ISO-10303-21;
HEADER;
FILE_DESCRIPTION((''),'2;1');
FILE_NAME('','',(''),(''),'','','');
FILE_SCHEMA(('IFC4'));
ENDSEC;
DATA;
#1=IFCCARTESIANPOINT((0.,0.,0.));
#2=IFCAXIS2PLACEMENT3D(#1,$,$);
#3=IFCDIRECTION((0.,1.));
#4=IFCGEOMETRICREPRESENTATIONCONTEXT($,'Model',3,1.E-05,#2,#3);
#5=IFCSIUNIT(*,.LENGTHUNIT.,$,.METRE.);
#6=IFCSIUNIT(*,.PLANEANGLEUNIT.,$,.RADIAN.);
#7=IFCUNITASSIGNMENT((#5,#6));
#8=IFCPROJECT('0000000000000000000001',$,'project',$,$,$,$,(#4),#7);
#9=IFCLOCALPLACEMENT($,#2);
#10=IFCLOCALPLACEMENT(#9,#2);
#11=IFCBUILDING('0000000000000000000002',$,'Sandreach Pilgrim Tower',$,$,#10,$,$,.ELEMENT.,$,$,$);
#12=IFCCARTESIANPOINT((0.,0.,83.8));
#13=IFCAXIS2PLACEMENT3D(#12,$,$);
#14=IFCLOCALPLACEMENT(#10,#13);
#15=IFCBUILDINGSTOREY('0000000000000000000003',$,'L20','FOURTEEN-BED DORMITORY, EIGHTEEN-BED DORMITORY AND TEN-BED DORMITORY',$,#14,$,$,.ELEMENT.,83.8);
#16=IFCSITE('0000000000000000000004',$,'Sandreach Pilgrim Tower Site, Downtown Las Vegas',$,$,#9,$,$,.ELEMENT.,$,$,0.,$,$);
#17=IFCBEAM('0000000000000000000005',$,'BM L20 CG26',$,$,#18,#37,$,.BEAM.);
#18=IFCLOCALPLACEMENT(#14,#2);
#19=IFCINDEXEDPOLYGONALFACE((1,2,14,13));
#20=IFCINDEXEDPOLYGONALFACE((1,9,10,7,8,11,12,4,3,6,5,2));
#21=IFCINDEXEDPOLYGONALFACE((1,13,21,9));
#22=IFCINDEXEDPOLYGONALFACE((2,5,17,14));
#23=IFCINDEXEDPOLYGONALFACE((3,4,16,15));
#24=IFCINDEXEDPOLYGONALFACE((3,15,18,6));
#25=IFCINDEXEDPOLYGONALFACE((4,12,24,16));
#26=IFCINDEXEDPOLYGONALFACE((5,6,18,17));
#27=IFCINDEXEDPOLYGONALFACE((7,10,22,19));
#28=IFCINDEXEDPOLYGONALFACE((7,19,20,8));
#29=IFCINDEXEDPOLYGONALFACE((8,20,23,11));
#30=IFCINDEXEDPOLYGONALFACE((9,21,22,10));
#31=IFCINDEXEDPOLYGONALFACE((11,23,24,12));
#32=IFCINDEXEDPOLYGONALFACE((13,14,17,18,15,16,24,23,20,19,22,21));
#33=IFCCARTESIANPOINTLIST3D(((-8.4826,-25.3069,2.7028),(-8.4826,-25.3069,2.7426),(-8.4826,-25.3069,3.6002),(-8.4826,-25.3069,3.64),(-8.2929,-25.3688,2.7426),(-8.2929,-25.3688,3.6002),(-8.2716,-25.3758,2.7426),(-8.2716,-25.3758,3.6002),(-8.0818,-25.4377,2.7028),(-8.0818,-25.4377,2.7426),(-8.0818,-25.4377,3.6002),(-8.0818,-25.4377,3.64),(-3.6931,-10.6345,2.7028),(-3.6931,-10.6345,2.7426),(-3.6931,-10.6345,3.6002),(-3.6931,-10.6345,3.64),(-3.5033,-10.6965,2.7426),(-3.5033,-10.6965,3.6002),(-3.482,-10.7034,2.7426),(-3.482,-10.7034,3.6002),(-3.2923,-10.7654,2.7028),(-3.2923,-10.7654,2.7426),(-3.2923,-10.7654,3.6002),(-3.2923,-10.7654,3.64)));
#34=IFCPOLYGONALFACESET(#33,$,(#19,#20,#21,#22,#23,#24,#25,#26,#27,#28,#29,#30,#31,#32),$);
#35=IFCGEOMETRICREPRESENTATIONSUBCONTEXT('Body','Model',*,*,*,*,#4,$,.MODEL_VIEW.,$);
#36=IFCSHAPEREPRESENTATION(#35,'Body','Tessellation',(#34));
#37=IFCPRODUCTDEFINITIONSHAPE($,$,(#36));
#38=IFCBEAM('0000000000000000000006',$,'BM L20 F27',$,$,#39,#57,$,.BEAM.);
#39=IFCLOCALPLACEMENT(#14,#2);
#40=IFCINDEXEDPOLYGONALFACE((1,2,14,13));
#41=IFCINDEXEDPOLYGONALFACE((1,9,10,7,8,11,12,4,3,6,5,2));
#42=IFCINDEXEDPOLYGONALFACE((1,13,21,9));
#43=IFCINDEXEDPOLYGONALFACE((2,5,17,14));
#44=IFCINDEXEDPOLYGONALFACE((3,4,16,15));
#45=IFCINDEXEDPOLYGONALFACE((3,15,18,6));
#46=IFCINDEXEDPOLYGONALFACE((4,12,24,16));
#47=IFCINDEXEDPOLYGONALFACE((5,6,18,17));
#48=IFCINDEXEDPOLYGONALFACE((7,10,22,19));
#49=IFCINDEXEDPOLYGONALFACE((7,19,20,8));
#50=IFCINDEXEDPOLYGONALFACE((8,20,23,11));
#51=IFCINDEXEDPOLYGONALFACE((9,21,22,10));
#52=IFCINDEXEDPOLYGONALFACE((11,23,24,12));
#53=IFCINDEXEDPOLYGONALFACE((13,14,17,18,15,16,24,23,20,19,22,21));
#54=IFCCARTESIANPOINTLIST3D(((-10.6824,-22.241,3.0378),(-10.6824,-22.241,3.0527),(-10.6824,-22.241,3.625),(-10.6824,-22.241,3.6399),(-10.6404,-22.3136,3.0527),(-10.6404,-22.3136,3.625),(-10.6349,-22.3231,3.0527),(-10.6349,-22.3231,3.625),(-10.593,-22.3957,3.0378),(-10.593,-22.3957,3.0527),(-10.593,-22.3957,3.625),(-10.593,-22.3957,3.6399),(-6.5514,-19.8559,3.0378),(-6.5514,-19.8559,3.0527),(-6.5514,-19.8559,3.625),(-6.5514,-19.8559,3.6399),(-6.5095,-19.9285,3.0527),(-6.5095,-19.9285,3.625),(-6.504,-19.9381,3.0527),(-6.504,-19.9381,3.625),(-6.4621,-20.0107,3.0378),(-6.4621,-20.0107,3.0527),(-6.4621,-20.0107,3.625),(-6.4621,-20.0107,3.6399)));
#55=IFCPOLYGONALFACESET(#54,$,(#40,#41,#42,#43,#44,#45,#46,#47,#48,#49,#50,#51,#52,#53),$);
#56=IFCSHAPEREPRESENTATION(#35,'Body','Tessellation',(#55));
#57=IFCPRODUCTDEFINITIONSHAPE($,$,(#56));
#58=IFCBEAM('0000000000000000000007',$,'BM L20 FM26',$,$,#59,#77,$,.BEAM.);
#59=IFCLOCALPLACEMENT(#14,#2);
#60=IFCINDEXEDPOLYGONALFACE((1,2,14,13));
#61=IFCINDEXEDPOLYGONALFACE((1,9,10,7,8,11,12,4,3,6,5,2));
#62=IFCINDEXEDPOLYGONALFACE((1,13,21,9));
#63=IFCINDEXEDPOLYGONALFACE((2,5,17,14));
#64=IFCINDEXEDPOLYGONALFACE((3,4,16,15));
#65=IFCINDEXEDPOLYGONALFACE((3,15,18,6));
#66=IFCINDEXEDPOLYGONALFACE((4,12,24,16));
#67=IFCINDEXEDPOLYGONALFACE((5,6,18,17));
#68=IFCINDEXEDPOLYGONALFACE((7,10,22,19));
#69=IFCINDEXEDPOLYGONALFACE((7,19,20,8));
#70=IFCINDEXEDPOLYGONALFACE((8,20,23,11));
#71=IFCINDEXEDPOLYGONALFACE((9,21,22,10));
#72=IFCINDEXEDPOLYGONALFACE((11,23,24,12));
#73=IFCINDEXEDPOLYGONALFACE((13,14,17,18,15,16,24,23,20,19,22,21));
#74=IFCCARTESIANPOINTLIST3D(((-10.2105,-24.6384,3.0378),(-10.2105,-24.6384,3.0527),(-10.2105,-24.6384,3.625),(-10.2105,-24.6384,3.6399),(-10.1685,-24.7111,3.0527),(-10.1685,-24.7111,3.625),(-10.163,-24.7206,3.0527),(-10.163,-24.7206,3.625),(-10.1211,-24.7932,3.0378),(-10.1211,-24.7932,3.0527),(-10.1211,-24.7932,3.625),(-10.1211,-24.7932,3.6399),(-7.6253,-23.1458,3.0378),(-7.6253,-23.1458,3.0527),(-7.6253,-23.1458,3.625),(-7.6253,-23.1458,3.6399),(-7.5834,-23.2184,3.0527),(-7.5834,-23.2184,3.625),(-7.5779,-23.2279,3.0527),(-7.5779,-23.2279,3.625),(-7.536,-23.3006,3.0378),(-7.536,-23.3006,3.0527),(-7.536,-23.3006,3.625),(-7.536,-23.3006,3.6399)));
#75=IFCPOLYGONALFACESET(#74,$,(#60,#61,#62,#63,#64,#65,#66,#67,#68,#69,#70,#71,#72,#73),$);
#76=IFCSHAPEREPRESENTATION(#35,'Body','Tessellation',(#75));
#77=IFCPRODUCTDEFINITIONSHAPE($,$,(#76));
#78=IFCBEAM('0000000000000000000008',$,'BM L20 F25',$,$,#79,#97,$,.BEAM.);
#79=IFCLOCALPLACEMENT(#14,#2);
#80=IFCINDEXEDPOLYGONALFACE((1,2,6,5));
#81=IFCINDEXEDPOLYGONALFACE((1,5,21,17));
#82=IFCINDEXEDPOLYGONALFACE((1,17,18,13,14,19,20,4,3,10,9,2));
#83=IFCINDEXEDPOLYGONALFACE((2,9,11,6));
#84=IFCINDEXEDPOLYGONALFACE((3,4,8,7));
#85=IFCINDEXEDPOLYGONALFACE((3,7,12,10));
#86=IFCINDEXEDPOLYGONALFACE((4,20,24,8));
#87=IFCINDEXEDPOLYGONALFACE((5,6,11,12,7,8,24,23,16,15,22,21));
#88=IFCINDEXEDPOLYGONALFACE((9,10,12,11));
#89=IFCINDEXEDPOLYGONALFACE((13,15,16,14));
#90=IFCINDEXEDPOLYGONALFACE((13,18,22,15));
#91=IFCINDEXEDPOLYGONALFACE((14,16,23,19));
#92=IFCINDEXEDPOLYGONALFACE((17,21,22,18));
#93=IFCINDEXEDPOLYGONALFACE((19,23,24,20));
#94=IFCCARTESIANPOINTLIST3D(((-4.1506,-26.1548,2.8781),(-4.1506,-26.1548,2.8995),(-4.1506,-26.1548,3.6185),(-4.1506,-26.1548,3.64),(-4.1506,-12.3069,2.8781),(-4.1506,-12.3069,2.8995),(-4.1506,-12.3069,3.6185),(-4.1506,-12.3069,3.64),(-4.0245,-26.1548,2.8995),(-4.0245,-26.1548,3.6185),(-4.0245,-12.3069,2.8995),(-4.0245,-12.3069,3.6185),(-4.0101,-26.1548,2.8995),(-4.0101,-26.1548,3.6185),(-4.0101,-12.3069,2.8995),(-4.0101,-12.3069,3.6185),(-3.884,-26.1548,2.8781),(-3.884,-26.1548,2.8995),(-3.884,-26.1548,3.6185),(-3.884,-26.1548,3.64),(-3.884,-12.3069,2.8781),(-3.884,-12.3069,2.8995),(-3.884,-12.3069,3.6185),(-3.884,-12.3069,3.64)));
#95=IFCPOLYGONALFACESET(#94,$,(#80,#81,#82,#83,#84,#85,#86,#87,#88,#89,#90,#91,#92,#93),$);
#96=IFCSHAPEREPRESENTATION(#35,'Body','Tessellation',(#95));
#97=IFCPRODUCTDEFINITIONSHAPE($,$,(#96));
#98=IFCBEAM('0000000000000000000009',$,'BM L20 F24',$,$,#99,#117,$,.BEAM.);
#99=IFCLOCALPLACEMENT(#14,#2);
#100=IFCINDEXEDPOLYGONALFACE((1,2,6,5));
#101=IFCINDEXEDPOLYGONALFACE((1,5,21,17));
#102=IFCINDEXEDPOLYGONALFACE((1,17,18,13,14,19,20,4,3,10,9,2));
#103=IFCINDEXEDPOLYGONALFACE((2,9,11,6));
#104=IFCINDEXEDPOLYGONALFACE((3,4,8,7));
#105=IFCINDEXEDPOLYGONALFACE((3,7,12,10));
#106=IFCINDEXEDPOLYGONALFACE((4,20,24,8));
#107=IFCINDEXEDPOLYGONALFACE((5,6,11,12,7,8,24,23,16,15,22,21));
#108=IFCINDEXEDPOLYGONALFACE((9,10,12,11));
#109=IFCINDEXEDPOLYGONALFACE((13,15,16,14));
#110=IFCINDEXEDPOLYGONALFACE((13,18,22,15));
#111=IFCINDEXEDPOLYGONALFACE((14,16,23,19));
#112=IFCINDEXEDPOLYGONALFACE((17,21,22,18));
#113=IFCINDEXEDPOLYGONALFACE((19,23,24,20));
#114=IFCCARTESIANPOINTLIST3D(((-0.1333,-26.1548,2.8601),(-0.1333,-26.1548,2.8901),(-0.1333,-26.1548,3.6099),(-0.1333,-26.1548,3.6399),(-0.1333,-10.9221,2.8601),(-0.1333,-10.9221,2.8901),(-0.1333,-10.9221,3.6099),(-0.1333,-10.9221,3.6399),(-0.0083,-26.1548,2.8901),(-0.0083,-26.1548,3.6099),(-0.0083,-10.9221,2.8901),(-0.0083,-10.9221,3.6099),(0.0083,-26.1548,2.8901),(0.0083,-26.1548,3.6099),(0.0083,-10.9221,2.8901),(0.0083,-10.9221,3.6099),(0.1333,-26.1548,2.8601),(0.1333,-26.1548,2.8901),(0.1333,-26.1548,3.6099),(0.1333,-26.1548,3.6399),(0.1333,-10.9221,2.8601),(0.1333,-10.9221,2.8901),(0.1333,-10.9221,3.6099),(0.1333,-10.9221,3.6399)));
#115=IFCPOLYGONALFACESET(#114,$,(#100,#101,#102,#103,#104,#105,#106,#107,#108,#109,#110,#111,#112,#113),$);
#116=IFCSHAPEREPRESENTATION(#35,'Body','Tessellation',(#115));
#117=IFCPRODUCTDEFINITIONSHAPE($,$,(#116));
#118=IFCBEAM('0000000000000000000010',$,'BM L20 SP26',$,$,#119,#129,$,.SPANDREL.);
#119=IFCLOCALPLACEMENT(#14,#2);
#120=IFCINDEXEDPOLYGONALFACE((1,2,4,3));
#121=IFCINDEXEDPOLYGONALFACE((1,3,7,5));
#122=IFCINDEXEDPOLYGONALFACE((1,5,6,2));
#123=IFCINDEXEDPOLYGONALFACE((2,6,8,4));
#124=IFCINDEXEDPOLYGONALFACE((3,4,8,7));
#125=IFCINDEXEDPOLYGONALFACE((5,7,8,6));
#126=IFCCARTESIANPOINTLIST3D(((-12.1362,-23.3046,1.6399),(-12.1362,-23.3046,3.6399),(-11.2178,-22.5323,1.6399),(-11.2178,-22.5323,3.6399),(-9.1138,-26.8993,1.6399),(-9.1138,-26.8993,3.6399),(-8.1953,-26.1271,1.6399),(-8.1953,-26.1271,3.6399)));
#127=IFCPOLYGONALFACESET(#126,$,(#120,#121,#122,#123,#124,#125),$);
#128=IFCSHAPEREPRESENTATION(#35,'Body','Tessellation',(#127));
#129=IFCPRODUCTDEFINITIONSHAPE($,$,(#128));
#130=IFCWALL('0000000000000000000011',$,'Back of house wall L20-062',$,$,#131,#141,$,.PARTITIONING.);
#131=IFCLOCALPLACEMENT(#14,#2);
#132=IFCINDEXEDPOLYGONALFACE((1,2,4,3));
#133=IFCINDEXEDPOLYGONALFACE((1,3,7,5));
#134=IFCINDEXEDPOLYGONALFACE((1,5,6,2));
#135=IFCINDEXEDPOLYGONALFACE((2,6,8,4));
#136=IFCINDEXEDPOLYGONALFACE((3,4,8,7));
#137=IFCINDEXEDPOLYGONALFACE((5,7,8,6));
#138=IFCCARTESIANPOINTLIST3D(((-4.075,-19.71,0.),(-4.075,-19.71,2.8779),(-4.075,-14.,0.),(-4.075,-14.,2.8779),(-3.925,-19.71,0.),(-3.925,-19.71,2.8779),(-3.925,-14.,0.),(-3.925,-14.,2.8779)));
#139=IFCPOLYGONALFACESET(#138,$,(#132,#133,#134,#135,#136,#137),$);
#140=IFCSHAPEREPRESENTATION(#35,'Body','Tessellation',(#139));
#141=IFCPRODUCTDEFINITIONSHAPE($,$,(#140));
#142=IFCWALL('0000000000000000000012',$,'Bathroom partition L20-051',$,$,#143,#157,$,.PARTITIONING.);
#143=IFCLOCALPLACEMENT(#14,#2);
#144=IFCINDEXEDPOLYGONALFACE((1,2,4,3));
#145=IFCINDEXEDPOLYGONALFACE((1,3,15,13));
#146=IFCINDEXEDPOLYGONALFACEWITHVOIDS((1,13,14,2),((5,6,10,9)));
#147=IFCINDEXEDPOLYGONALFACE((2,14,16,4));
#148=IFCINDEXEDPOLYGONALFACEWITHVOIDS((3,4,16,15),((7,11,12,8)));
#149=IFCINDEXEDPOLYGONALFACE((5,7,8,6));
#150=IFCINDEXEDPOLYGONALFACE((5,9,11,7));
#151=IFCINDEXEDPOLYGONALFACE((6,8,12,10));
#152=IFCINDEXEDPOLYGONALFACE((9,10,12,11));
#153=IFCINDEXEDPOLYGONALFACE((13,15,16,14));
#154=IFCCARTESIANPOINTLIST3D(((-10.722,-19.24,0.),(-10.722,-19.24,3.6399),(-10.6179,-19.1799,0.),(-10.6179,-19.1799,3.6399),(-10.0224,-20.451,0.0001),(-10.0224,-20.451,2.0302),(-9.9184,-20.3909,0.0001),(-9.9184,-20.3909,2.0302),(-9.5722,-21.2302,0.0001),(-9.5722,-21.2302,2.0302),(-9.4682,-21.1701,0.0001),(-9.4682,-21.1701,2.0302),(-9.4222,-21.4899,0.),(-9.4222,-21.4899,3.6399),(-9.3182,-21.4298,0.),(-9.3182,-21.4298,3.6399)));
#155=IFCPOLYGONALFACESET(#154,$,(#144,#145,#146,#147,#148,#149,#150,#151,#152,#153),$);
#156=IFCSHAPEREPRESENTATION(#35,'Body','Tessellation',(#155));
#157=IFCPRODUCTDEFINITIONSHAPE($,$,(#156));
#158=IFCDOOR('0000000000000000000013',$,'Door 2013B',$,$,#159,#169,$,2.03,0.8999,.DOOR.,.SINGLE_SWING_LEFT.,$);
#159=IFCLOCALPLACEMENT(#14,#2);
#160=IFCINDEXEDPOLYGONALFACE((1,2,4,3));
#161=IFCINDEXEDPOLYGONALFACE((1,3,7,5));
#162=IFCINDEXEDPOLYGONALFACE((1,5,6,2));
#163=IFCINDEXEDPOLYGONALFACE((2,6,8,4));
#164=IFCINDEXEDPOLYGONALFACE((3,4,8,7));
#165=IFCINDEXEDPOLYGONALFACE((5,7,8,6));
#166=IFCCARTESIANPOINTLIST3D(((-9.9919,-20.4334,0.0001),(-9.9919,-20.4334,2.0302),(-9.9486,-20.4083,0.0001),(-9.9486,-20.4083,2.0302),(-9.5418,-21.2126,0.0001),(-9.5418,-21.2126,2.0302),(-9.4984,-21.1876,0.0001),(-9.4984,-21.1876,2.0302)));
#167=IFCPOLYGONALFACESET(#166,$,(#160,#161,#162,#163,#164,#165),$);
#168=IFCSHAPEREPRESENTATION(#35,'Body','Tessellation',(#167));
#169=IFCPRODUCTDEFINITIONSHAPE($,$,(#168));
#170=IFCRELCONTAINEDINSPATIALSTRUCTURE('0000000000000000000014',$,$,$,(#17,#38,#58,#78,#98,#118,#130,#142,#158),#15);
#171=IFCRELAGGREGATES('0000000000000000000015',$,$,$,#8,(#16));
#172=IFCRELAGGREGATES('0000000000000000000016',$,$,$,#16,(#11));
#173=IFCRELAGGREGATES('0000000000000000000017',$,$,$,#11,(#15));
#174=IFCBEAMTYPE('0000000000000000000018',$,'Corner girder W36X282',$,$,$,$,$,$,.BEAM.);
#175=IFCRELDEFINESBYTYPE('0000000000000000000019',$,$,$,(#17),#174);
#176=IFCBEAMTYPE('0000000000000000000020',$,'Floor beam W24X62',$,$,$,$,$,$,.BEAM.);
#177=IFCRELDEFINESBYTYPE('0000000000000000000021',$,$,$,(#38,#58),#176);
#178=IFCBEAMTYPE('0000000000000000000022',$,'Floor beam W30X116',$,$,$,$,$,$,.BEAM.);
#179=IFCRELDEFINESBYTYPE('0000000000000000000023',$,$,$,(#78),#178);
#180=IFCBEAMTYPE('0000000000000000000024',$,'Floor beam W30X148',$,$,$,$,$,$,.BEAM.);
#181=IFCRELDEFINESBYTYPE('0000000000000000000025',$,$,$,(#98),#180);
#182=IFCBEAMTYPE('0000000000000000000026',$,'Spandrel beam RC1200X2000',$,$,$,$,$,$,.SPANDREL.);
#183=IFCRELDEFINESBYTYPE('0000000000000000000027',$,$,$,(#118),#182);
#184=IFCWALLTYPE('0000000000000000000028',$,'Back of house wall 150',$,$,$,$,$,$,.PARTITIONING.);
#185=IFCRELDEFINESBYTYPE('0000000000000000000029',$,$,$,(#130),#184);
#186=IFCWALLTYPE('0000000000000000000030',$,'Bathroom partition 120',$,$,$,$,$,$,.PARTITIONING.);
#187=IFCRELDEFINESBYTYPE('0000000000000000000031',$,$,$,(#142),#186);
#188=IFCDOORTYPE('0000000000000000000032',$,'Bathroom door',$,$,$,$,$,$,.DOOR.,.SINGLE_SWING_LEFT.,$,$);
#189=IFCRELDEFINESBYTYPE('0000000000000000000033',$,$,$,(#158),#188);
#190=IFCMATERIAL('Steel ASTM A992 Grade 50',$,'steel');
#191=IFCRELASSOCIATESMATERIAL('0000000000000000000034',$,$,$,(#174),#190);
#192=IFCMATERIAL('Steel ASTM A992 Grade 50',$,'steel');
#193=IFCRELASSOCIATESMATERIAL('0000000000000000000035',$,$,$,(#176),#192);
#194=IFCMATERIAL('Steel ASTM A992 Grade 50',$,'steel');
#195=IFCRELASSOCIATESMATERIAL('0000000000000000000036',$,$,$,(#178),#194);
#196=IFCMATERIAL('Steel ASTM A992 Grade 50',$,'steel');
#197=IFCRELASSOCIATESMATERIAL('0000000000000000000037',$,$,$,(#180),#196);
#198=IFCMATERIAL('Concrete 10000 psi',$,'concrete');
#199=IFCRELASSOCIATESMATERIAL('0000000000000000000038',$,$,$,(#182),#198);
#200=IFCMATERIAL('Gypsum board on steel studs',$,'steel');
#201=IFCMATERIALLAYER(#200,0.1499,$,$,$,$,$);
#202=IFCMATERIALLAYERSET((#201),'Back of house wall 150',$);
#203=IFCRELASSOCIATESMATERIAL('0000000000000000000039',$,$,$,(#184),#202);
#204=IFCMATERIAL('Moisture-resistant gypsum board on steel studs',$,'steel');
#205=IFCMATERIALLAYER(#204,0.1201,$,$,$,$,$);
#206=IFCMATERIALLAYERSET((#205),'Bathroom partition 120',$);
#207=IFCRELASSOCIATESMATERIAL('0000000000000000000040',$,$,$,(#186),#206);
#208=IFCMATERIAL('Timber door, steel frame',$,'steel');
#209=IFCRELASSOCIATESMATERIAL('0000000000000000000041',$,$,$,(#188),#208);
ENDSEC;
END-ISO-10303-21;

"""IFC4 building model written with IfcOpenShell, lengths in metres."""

from ifc_helpers import new_model, si_unit, direction, frame, frame_2d, origin, origin_2d, place, context, subcontext, project, spatial, rectangle, i_section, extrude, material, layer, layer_set, material_profile, profile_set, type_object, element, fill, save


model = new_model("IFC4")

# Units and contexts
model_context = context("Model", 3, precision=1e-05, world=origin(), true_north=direction((0.0, 1.0)))
body_context = subcontext(model_context, "Body", "Model", "MODEL_VIEW")
ifc_project = project(units=[si_unit("LENGTHUNIT", "METRE"), si_unit("PLANEANGLEUNIT", "RADIAN")], contexts=[model_context])

# Site, building, storey
site_placement = place(None, origin())
site = spatial("IfcSite", under=ifc_project, at=site_placement, Name="Sandreach Pilgrim Tower Site, Downtown Las Vegas", CompositionType="ELEMENT", RefElevation=0.0)
building_placement = place(site_placement, origin())
building = spatial("IfcBuilding", under=site, at=building_placement, Name="Sandreach Pilgrim Tower", CompositionType="ELEMENT")
storey_placement = place(building_placement, frame((0.0, 0.0, 83.8)))
storey = spatial("IfcBuildingStorey", under=building, at=storey_placement, Name="L20", Description="FOURTEEN-BED DORMITORY, EIGHTEEN-BED DORMITORY AND TEN-BED DORMITORY", CompositionType="ELEMENT", Elevation=83.8)

# Beams
ifc_material_1 = material(Name="Steel ASTM A992 Grade 50", Category="steel")
ifc_material_profile_1 = material_profile(ifc_material_1, i_section(OverallWidth=0.4216, OverallDepth=0.9373, WebThickness=0.0225, FlangeThickness=0.0398, at=origin_2d()), Name="W36X282")
ifc_profile_set_1 = profile_set([ifc_material_profile_1], Name="Steel ASTM A992 Grade 50")
beam_type_1 = type_object("IfcBeamType", Name="Corner girder W36X282", PredefinedType="BEAM", material=ifc_profile_set_1)
beam_1_placement = place(storey_placement, frame((-8.2822, -25.3723, 3.1714), z_axis=(0.310318, 0.950633, 0.0), x_axis=(-0.950633, 0.310318, 0.0)))
element("IfcBeam", 1, at=beam_1_placement, inside=storey, type_object=beam_type_1, Name="BM L20 CG26", PredefinedType="BEAM", context=body_context, shape_type="SweptSolid", body=[
    extrude(i_section(OverallWidth=0.4216, OverallDepth=0.9373, WebThickness=0.0225, FlangeThickness=0.0398, at=origin_2d()), origin(), (0.0, 0.0, 1.0), 15.4343),
])
ifc_material_2 = material(Name="Steel ASTM A992 Grade 50", Category="steel")
ifc_material_profile_2 = material_profile(ifc_material_2, i_section(OverallWidth=0.1787, OverallDepth=0.6021, WebThickness=0.011, FlangeThickness=0.0149, at=origin_2d()), Name="W24X62")
ifc_profile_set_2 = profile_set([ifc_material_profile_2], Name="Steel ASTM A992 Grade 50")
beam_type_2 = type_object("IfcBeamType", Name="Floor beam W24X62", PredefinedType="BEAM", material=ifc_profile_set_2)
beam_2_placement = place(storey_placement, frame((-10.6377, -22.3184, 3.3389), z_axis=(0.86602, 0.500009, 0.0), x_axis=(-0.500009, 0.86602, 0.0)))
element("IfcBeam", 2, at=beam_2_placement, inside=storey, type_object=beam_type_2, Name="BM L20 F27", PredefinedType="BEAM", context=body_context, shape_type="SweptSolid", body=[
    extrude(i_section(OverallWidth=0.1787, OverallDepth=0.6021, WebThickness=0.011, FlangeThickness=0.0149, at=origin_2d()), origin(), (0.0, 0.0, 1.0), 4.77),
])
beam_3_placement = place(storey_placement, frame((-10.1658, -24.7158, 3.3389), z_axis=(0.86601, 0.500027, 0.0), x_axis=(-0.500027, 0.86601, 0.0)))
element("IfcBeam", 3, at=beam_3_placement, inside=storey, type_object=beam_type_2, Name="BM L20 FM26", PredefinedType="BEAM", context=body_context, shape_type="SweptSolid", body=[
    extrude(i_section(OverallWidth=0.1787, OverallDepth=0.6021, WebThickness=0.011, FlangeThickness=0.0149, at=origin_2d()), origin(), (0.0, 0.0, 1.0), 2.9851),
])
ifc_material_3 = material(Name="Steel ASTM A992 Grade 50", Category="steel")
ifc_material_profile_3 = material_profile(ifc_material_3, i_section(OverallWidth=0.2666, OverallDepth=0.762, WebThickness=0.0144, FlangeThickness=0.0215, at=origin_2d()), Name="W30X116")
ifc_profile_set_3 = profile_set([ifc_material_profile_3], Name="Steel ASTM A992 Grade 50")
beam_type_3 = type_object("IfcBeamType", Name="Floor beam W30X116", PredefinedType="BEAM", material=ifc_profile_set_3)
beam_4_placement = place(storey_placement, frame((-4.0173, -26.1548, 3.259), z_axis=(0.0, 1.0, 0.0), x_axis=(-1.0, 0.0, 0.0)))
element("IfcBeam", 4, at=beam_4_placement, inside=storey, type_object=beam_type_3, Name="BM L20 F25", PredefinedType="BEAM", context=body_context, shape_type="SweptSolid", body=[
    extrude(i_section(OverallWidth=0.2666, OverallDepth=0.762, WebThickness=0.0144, FlangeThickness=0.0215, at=origin_2d()), origin(), (0.0, 0.0, 1.0), 13.8479),
])
ifc_material_4 = material(Name="Steel ASTM A992 Grade 50", Category="steel")
ifc_material_profile_4 = material_profile(ifc_material_4, i_section(OverallWidth=0.2666, OverallDepth=0.7798, WebThickness=0.0166, FlangeThickness=0.03, at=origin_2d()), Name="W30X148")
ifc_profile_set_4 = profile_set([ifc_material_profile_4], Name="Steel ASTM A992 Grade 50")
beam_type_4 = type_object("IfcBeamType", Name="Floor beam W30X148", PredefinedType="BEAM", material=ifc_profile_set_4)
beam_5_placement = place(storey_placement, frame((0.0, -26.1548, 3.25), z_axis=(0.0, 1.0, 0.0), x_axis=(-1.0, 0.0, 0.0)))
element("IfcBeam", 5, at=beam_5_placement, inside=storey, type_object=beam_type_4, Name="BM L20 F24", PredefinedType="BEAM", context=body_context, shape_type="SweptSolid", body=[
    extrude(i_section(OverallWidth=0.2666, OverallDepth=0.7798, WebThickness=0.0166, FlangeThickness=0.03, at=origin_2d()), origin(), (0.0, 0.0, 1.0), 15.2327),
])
ifc_material_5 = material(Name="Concrete 10000 psi", Category="concrete")
ifc_material_profile_5 = material_profile(ifc_material_5, rectangle(XDim=1.2, YDim=2.0, at=origin_2d()), Name="RC1200X2000")
ifc_profile_set_5 = profile_set([ifc_material_profile_5], Name="Concrete 10000 psi")
beam_type_5 = type_object("IfcBeamType", Name="Spandrel beam RC1200X2000", PredefinedType="SPANDREL", material=ifc_profile_set_5)
beam_6_placement = place(storey_placement, frame((-8.6545, -26.5132, 2.6399), z_axis=(-0.643553, 0.765402, 0.0), x_axis=(-0.765402, -0.643553, 0.0)))
element("IfcBeam", 6, at=beam_6_placement, inside=storey, type_object=beam_type_5, Name="BM L20 SP26", PredefinedType="SPANDREL", context=body_context, shape_type="SweptSolid", body=[
    extrude(rectangle(XDim=1.2, YDim=2.0, at=origin_2d()), origin(), (0.0, 0.0, 1.0), 4.6965),
])

# Wall
ifc_material_6 = material(Name="Gypsum board on steel studs", Category="steel")
ifc_layer_1 = layer(ifc_material_6, 0.1499)
ifc_layer_set_1 = layer_set([ifc_layer_1], Name="Back of house wall 150")
wall_type_1 = type_object("IfcWallType", Name="Back of house wall 150", PredefinedType="PARTITIONING", material=ifc_layer_set_1)
wall_1_placement = place(storey_placement, frame((-4.0, -14.0, 0.0), z_axis=(0.0, 0.0, 1.0), x_axis=(0.0, -1.0, 0.0)))
element("IfcWall", 7, at=wall_1_placement, inside=storey, type_object=wall_type_1, Name="Back of house wall L20-062", PredefinedType="PARTITIONING", context=body_context, shape_type="SweptSolid", body=[
    extrude(rectangle(XDim=5.71, YDim=0.1499, at=frame_2d((2.855, 0.0))), origin(), (0.0, 0.0, 1.0), 2.8779),
])

# Wall, opening, door
ifc_material_7 = material(Name="Moisture-resistant gypsum board on steel studs", Category="steel")
ifc_layer_2 = layer(ifc_material_7, 0.1201)
ifc_layer_set_2 = layer_set([ifc_layer_2], Name="Bathroom partition 120")
wall_type_2 = type_object("IfcWallType", Name="Bathroom partition 120", PredefinedType="PARTITIONING", material=ifc_layer_set_2)
wall_2_placement = place(storey_placement, frame((-9.3701, -21.46, 0.0), z_axis=(0.0, 0.0, 1.0), x_axis=(-0.500221, 0.865898, 0.0)))
wall_2 = element("IfcWall", 8, at=wall_2_placement, inside=storey, type_object=wall_type_2, Name="Bathroom partition L20-051", PredefinedType="PARTITIONING", context=body_context, shape_type="SweptSolid", body=[
    extrude(rectangle(XDim=2.5984, YDim=0.1201, at=frame_2d((1.2993, 0.0))), origin(), (0.0, 0.0, 1.0), 3.6399),
])
opening_1_placement = place(wall_2_placement, frame((0.3, 0.0, 0.0)))
opening_1 = element("IfcOpeningElement", 9, at=opening_1_placement, cuts=wall_2, PredefinedType="OPENING", context=body_context, shape_type="SweptSolid", body=[
    extrude(rectangle(XDim=0.8999, YDim=2.03, at=frame_2d((0.45, 1.0151))), frame((0.0, 0.0601, 0.0), z_axis=(0.0, -1.0, 0.0), x_axis=(1.0, 0.0, 0.0)), (0.0, 0.0, 1.0), 0.1201),
])
ifc_material_8 = material(Name="Timber door, steel frame", Category="steel")
door_type_1 = type_object("IfcDoorType", Name="Bathroom door", OperationType="SINGLE_SWING_LEFT", PredefinedType="DOOR", material=ifc_material_8)
door_1_placement = place(opening_1_placement, origin())
door_1 = element("IfcDoor", 10, at=door_1_placement, inside=storey, type_object=door_type_1, Name="Door 2013B", OperationType="SINGLE_SWING_LEFT", OverallHeight=2.03, OverallWidth=0.8999, PredefinedType="DOOR", context=body_context, shape_type="SweptSolid", body=[
    extrude(rectangle(XDim=0.8999, YDim=2.03, at=frame_2d((0.45, 1.0151))), frame((0.0, 0.0249, 0.0), z_axis=(0.0, -1.0, 0.0), x_axis=(1.0, 0.0, 0.0)), (0.0, 0.0, 1.0), 0.05),
])
fill(opening_1, door_1)

save(model, "model.ifc")
